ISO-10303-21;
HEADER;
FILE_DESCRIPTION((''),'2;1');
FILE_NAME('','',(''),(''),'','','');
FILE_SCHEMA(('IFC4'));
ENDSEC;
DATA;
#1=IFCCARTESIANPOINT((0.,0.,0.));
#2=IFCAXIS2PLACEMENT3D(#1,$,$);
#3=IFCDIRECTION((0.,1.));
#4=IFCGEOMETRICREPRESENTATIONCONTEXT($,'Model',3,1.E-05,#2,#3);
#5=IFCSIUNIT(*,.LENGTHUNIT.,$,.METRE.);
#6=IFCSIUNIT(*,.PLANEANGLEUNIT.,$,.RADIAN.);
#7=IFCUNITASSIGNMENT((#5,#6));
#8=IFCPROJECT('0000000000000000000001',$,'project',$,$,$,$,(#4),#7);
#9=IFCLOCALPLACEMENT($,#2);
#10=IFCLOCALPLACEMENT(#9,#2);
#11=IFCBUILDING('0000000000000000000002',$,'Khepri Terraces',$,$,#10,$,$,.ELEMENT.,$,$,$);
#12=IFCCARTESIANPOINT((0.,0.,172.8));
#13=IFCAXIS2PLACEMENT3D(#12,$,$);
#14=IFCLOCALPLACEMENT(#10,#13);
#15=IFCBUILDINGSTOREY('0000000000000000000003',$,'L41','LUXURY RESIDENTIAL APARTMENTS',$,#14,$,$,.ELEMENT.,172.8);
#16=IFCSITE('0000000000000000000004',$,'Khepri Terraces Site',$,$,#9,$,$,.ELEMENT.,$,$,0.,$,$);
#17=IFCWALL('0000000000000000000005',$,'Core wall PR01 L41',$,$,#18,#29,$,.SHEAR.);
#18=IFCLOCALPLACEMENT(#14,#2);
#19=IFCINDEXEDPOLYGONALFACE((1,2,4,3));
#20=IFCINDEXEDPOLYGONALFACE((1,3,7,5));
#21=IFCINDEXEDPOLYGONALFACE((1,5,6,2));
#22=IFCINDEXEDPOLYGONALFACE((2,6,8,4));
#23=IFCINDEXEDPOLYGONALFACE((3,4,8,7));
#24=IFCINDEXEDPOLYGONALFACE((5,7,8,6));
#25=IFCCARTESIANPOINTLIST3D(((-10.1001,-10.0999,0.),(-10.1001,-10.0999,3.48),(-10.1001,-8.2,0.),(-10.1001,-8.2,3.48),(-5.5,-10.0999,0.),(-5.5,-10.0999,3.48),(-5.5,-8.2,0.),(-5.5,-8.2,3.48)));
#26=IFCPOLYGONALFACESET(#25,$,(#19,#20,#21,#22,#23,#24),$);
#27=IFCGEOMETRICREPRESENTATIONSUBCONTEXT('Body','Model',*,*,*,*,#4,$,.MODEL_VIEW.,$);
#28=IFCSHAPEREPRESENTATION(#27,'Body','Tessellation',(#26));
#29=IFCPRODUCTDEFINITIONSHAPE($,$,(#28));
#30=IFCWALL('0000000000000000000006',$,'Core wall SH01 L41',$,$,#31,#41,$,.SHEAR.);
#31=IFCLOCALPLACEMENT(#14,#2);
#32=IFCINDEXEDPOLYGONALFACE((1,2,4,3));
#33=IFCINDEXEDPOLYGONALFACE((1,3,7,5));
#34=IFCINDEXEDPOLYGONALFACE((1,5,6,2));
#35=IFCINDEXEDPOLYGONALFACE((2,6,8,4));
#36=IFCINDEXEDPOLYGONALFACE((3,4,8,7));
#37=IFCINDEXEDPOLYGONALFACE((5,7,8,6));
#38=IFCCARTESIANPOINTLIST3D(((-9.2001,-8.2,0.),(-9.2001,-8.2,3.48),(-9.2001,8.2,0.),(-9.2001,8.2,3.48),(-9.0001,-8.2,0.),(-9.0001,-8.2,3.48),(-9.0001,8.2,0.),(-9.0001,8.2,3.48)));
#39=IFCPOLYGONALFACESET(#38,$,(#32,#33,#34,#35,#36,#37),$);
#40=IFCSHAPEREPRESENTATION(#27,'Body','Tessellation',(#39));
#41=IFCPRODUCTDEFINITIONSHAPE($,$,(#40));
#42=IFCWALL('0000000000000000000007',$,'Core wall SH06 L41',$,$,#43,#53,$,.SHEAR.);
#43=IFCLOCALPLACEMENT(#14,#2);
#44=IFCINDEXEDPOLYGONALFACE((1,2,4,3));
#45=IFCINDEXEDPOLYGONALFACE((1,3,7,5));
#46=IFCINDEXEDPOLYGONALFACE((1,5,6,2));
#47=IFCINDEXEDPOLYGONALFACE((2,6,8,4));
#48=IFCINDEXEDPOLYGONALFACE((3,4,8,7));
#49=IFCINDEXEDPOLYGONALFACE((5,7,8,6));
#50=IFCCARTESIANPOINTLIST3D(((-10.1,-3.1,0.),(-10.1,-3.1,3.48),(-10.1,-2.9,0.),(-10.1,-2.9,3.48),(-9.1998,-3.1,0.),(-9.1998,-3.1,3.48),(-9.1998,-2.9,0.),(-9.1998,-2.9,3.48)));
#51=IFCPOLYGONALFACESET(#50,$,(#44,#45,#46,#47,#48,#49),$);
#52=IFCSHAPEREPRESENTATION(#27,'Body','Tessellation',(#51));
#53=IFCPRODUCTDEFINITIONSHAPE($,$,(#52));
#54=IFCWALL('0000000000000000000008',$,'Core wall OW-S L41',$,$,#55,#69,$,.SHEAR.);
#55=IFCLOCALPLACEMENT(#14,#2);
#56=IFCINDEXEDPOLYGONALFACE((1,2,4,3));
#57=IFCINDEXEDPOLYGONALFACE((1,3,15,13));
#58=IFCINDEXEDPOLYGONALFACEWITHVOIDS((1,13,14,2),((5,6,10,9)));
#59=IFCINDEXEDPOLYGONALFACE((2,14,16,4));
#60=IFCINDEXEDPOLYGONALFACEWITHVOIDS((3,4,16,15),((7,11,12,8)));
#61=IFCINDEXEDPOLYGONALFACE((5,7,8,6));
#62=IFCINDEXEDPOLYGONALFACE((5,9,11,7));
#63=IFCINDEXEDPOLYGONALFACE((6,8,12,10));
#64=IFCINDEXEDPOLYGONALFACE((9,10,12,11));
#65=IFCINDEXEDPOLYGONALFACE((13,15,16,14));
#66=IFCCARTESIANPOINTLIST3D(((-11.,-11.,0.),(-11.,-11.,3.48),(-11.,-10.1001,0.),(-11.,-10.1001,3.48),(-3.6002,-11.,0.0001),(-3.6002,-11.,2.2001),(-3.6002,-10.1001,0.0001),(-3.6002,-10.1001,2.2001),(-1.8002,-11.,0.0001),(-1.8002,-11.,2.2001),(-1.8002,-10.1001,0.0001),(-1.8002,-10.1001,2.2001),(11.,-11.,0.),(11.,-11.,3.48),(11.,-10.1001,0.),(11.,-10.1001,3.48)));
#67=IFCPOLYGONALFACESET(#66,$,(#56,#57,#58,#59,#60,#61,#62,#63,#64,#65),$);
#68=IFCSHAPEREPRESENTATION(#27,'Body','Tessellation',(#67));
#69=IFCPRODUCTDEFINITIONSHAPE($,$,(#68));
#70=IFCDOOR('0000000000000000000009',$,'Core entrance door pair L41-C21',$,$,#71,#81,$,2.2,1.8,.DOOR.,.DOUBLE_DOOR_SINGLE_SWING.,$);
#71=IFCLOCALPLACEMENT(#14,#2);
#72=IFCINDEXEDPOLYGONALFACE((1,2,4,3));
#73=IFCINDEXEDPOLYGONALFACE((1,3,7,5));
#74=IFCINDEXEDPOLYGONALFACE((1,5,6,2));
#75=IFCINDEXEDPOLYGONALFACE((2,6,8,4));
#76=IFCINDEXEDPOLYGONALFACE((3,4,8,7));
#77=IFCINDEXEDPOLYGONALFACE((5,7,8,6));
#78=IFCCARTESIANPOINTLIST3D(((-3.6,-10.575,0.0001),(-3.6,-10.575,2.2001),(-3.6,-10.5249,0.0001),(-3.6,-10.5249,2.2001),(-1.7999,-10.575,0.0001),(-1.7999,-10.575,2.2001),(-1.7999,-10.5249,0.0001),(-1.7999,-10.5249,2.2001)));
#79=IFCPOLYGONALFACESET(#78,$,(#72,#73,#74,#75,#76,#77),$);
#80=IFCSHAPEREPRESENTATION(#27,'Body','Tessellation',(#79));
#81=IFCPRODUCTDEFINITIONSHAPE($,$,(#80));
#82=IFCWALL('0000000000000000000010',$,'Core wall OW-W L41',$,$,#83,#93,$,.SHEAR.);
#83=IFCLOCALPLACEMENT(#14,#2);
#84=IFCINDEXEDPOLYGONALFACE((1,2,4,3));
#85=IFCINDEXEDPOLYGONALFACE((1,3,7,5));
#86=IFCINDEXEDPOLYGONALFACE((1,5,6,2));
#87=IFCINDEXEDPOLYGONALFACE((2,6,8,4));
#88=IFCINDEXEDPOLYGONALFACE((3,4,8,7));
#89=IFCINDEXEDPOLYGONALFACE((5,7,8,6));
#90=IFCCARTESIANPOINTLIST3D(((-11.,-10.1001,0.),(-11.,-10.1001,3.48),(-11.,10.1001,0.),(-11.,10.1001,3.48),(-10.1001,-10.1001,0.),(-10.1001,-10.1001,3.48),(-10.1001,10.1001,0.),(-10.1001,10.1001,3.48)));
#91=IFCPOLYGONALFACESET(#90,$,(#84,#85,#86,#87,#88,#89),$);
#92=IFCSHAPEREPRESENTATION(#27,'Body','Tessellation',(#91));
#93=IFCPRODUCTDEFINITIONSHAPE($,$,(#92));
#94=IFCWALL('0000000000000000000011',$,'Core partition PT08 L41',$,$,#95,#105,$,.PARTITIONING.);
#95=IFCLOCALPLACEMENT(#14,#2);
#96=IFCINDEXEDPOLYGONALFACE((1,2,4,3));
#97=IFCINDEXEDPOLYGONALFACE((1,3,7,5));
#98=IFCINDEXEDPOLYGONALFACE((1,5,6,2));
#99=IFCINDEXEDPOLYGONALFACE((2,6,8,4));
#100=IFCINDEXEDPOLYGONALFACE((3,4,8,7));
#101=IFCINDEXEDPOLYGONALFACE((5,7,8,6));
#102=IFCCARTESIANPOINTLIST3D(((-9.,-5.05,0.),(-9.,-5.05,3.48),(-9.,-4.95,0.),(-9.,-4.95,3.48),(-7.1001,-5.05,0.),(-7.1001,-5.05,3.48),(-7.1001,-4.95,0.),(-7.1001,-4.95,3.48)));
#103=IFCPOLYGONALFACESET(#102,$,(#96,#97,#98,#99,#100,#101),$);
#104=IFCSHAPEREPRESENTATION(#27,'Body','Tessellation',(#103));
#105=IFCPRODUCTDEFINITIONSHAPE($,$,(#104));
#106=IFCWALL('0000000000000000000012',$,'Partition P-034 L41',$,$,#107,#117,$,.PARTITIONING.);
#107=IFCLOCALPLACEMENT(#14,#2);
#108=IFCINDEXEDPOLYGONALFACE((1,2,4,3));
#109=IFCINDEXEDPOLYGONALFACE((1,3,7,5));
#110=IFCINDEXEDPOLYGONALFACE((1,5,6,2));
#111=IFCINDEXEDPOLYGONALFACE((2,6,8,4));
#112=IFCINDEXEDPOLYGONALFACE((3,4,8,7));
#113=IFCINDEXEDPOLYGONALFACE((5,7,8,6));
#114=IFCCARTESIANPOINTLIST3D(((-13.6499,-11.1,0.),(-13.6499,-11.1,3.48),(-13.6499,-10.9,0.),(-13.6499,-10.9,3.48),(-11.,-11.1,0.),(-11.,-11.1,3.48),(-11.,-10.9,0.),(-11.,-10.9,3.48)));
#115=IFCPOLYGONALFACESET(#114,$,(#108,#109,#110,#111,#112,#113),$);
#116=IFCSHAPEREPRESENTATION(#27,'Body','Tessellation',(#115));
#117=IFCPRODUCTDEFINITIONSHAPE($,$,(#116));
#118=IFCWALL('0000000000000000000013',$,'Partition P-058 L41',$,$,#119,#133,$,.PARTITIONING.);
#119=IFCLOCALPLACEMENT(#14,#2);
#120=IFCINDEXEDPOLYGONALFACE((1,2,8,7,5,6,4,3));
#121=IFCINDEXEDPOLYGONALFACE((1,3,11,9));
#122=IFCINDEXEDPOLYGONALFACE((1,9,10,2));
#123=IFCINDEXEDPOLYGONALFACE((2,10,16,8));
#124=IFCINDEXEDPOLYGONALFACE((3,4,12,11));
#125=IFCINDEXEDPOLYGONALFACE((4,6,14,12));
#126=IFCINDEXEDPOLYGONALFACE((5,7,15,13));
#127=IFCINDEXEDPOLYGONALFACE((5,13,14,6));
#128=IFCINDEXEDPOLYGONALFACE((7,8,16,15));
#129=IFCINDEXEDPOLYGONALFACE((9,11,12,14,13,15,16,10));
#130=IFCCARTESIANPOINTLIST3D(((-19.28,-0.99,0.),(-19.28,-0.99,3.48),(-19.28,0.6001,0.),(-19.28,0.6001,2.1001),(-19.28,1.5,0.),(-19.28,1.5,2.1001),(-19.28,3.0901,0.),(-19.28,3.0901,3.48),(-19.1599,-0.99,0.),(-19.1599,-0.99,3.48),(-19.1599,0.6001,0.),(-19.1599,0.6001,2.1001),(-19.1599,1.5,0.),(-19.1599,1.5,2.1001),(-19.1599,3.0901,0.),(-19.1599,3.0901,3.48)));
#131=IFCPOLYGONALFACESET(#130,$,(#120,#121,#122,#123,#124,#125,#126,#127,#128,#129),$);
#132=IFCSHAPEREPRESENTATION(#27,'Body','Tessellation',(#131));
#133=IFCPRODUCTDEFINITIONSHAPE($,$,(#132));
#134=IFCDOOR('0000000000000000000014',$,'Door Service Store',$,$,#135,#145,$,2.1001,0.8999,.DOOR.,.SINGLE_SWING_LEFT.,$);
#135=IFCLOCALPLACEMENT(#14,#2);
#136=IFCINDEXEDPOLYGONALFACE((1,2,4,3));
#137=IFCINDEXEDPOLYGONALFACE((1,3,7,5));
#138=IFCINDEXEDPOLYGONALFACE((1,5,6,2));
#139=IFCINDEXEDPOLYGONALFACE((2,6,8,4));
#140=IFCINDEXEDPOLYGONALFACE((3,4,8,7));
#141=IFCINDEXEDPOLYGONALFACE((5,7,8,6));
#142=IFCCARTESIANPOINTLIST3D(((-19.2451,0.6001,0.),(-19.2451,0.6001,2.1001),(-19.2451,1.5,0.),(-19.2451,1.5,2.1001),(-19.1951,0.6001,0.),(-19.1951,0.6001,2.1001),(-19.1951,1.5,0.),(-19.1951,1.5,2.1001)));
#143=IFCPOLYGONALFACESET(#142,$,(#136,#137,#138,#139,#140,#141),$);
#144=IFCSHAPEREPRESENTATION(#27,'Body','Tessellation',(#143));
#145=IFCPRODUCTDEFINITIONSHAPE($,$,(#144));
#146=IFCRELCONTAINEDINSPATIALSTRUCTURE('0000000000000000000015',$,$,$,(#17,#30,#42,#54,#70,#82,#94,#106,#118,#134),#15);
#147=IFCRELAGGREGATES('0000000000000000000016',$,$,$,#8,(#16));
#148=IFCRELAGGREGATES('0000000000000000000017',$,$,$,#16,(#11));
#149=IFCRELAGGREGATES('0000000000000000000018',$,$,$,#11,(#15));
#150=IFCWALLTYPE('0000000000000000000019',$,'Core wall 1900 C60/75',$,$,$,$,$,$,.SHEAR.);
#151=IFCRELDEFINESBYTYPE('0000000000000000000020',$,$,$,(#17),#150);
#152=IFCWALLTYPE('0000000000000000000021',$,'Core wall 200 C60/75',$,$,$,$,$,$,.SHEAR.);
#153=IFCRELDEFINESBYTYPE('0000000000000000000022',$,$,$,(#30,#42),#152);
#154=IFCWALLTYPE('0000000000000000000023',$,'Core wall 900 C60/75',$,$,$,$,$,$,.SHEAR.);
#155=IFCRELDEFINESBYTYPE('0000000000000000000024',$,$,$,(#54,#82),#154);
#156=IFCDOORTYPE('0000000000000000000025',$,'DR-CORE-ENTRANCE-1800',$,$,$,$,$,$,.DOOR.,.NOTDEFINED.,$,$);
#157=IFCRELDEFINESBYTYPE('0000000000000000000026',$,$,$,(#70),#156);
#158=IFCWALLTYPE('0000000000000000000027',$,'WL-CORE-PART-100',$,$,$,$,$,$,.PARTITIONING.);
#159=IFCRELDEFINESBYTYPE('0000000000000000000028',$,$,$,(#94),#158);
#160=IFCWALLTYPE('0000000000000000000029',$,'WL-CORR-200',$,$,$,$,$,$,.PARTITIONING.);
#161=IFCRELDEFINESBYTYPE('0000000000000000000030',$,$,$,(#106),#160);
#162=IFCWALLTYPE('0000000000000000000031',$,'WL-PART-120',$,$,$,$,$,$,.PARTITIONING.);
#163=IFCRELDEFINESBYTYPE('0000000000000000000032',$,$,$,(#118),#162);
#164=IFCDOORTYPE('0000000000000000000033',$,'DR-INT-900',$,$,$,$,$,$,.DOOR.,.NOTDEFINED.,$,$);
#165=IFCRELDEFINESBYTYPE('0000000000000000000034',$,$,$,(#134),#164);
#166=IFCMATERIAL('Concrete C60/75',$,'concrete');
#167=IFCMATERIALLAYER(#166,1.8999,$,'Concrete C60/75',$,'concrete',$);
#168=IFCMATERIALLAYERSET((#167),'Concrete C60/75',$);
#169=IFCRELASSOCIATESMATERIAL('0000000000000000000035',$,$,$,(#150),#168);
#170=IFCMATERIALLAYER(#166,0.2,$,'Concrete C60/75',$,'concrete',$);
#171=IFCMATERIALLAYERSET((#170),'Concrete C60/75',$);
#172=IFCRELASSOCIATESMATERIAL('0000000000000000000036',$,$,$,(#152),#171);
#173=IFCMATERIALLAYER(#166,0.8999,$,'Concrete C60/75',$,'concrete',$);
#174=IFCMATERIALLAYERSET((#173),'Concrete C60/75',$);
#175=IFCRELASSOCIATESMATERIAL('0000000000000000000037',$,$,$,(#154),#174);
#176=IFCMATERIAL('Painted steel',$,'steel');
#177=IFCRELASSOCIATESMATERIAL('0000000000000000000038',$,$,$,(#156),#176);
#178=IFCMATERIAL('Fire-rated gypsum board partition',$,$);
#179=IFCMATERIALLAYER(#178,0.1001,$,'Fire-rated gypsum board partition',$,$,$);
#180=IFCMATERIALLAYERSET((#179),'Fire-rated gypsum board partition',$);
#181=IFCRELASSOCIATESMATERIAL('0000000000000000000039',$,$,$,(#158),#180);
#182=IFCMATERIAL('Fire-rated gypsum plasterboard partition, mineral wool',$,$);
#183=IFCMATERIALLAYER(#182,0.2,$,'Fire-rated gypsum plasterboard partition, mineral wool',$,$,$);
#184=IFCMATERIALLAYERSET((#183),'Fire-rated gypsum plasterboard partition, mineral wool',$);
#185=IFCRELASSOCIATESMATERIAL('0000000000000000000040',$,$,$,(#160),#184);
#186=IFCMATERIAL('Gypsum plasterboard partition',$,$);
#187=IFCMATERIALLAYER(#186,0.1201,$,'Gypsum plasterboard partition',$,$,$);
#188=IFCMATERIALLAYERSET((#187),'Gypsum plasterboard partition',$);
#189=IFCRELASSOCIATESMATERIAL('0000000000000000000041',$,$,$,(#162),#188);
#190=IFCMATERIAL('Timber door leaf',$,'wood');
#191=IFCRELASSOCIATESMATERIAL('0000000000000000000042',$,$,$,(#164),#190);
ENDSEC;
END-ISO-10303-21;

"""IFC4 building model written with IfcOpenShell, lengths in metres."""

from ifc_helpers import new_model, si_unit, direction, frame, frame_2d, origin, place, context, subcontext, project, spatial, rectangle, extrude, material, layer, layer_set, type_object, element, fill, save


model = new_model("IFC4")

# Units and contexts
model_context = context("Model", 3, precision=1e-05, world=origin(), true_north=direction((0.0, 1.0)))
body_context = subcontext(model_context, "Body", "Model", "MODEL_VIEW")
ifc_project = project(units=[si_unit("LENGTHUNIT", "METRE"), si_unit("PLANEANGLEUNIT", "RADIAN")], contexts=[model_context])

# Site, building, storey
site_placement = place(None, origin())
site = spatial("IfcSite", under=ifc_project, at=site_placement, Name="Khepri Terraces Site", CompositionType="ELEMENT", RefElevation=0.0)
building_placement = place(site_placement, origin())
building = spatial("IfcBuilding", under=site, at=building_placement, Name="Khepri Terraces", CompositionType="ELEMENT")
storey_placement = place(building_placement, frame((0.0, 0.0, 172.8)))
storey = spatial("IfcBuildingStorey", under=building, at=storey_placement, Name="L41", Description="LUXURY RESIDENTIAL APARTMENTS", CompositionType="ELEMENT", Elevation=172.8)

# Walls
ifc_material_1 = material(Name="Concrete C60/75", Category="concrete")
ifc_layer_1 = layer(ifc_material_1, 1.8999, Name="Concrete C60/75", Category="concrete")
ifc_layer_set_1 = layer_set([ifc_layer_1], Name="Concrete C60/75")
wall_type_1 = type_object("IfcWallType", Name="Core wall 1900 C60/75", PredefinedType="SHEAR", material=ifc_layer_set_1)
wall_1_placement = place(storey_placement, frame((-10.1001, -9.1499, 0.0), z_axis=(0.0, 0.0, 1.0), x_axis=(1.0, 0.0, 0.0)))
element("IfcWall", 1, at=wall_1_placement, inside=storey, type_object=wall_type_1, Name="Core wall PR01 L41", PredefinedType="SHEAR", context=body_context, shape_type="SweptSolid", body=[
    extrude(rectangle(XDim=4.6001, YDim=1.8999, at=frame_2d((2.3, 0.0))), origin(), (0.0, 0.0, 1.0), 3.48),
])
ifc_layer_2 = layer(ifc_material_1, 0.2, Name="Concrete C60/75", Category="concrete")
ifc_layer_set_2 = layer_set([ifc_layer_2], Name="Concrete C60/75")
wall_type_2 = type_object("IfcWallType", Name="Core wall 200 C60/75", PredefinedType="SHEAR", material=ifc_layer_set_2)
wall_2_placement = place(storey_placement, frame((-9.1001, -8.2, 0.0), z_axis=(0.0, 0.0, 1.0), x_axis=(0.0, 1.0, 0.0)))
element("IfcWall", 2, at=wall_2_placement, inside=storey, type_object=wall_type_2, Name="Core wall SH01 L41", PredefinedType="SHEAR", context=body_context, shape_type="SweptSolid", body=[
    extrude(rectangle(XDim=16.3999, YDim=0.2, at=frame_2d((8.2, 0.0))), origin(), (0.0, 0.0, 1.0), 3.48),
])
wall_3_placement = place(storey_placement, frame((-10.1001, -3.0, 0.0), z_axis=(0.0, 0.0, 1.0), x_axis=(1.0, 0.0, 0.0)))
element("IfcWall", 3, at=wall_3_placement, inside=storey, type_object=wall_type_2, Name="Core wall SH06 L41", PredefinedType="SHEAR", context=body_context, shape_type="SweptSolid", body=[
    extrude(rectangle(XDim=0.9001, YDim=0.2, at=frame_2d((0.4502, 0.0))), origin(), (0.0, 0.0, 1.0), 3.48),
])

# Wall, opening, door
ifc_layer_3 = layer(ifc_material_1, 0.8999, Name="Concrete C60/75", Category="concrete")
ifc_layer_set_3 = layer_set([ifc_layer_3], Name="Concrete C60/75")
wall_type_3 = type_object("IfcWallType", Name="Core wall 900 C60/75", PredefinedType="SHEAR", material=ifc_layer_set_3)
wall_4_placement = place(storey_placement, frame((-11.0, -10.55, 0.0), z_axis=(0.0, 0.0, 1.0), x_axis=(1.0, 0.0, 0.0)))
wall_4 = element("IfcWall", 4, at=wall_4_placement, inside=storey, type_object=wall_type_3, Name="Core wall OW-S L41", PredefinedType="SHEAR", context=body_context, shape_type="SweptSolid", body=[
    extrude(rectangle(XDim=22.0, YDim=0.8999, at=frame_2d((11.0, 0.0))), origin(), (0.0, 0.0, 1.0), 3.48),
])
opening_1_placement = place(wall_4_placement, frame((7.3999, 0.0, 0.0)))
opening_1 = element("IfcOpeningElement", 5, at=opening_1_placement, cuts=wall_4, PredefinedType="OPENING", context=body_context, shape_type="SweptSolid", body=[
    extrude(rectangle(XDim=1.8, YDim=2.2, at=frame_2d((0.8999, 1.1001))), frame((0.0, 0.46, 0.0), z_axis=(0.0, -1.0, 0.0), x_axis=(1.0, 0.0, 0.0)), (0.0, 0.0, 1.0), 0.9199),
])
ifc_material_2 = material(Name="Painted steel", Category="steel")
door_type_1 = type_object("IfcDoorType", Name="DR-CORE-ENTRANCE-1800", OperationType="NOTDEFINED", PredefinedType="DOOR", material=ifc_material_2)
door_1_placement = place(opening_1_placement, frame((1.8, 0.0, 0.0), z_axis=(0.0, 0.0, 1.0), x_axis=(-1.0, 0.0, 0.0)))
door_1 = element("IfcDoor", 6, at=door_1_placement, inside=storey, type_object=door_type_1, Name="Core entrance door pair L41-C21", OperationType="DOUBLE_DOOR_SINGLE_SWING", OverallHeight=2.2, OverallWidth=1.8, PredefinedType="DOOR", context=body_context, shape_type="SweptSolid", body=[
    extrude(rectangle(XDim=1.8, YDim=2.2, at=frame_2d((0.8999, 1.1001))), frame((0.0, 0.0249, 0.0), z_axis=(0.0, -1.0, 0.0), x_axis=(1.0, 0.0, 0.0)), (0.0, 0.0, 1.0), 0.05),
])
fill(opening_1, door_1)

# Walls
wall_5_placement = place(storey_placement, frame((-10.55, -10.1001, 0.0), z_axis=(0.0, 0.0, 1.0), x_axis=(0.0, 1.0, 0.0)))
element("IfcWall", 7, at=wall_5_placement, inside=storey, type_object=wall_type_3, Name="Core wall OW-W L41", PredefinedType="SHEAR", context=body_context, shape_type="SweptSolid", body=[
    extrude(rectangle(XDim=20.2002, YDim=0.8999, at=frame_2d((10.1001, 0.0))), origin(), (0.0, 0.0, 1.0), 3.48),
])
ifc_material_3 = material(Name="Fire-rated gypsum board partition")
ifc_layer_4 = layer(ifc_material_3, 0.1001, Name="Fire-rated gypsum board partition")
ifc_layer_set_4 = layer_set([ifc_layer_4], Name="Fire-rated gypsum board partition")
wall_type_4 = type_object("IfcWallType", Name="WL-CORE-PART-100", PredefinedType="PARTITIONING", material=ifc_layer_set_4)
wall_6_placement = place(storey_placement, frame((-9.0, -5.0, 0.0), z_axis=(0.0, 0.0, 1.0), x_axis=(1.0, 0.0, 0.0)))
element("IfcWall", 8, at=wall_6_placement, inside=storey, type_object=wall_type_4, Name="Core partition PT08 L41", PredefinedType="PARTITIONING", context=body_context, shape_type="SweptSolid", body=[
    extrude(rectangle(XDim=1.8999, YDim=0.1001, at=frame_2d((0.95, 0.0))), origin(), (0.0, 0.0, 1.0), 3.48),
])
ifc_material_4 = material(Name="Fire-rated gypsum plasterboard partition, mineral wool")
ifc_layer_5 = layer(ifc_material_4, 0.2, Name="Fire-rated gypsum plasterboard partition, mineral wool")
ifc_layer_set_5 = layer_set([ifc_layer_5], Name="Fire-rated gypsum plasterboard partition, mineral wool")
wall_type_5 = type_object("IfcWallType", Name="WL-CORR-200", PredefinedType="PARTITIONING", material=ifc_layer_set_5)
wall_7_placement = place(storey_placement, frame((-13.6499, -11.0, 0.0), z_axis=(0.0, 0.0, 1.0), x_axis=(1.0, 0.0, 0.0)))
element("IfcWall", 9, at=wall_7_placement, inside=storey, type_object=wall_type_5, Name="Partition P-034 L41", PredefinedType="PARTITIONING", context=body_context, shape_type="SweptSolid", body=[
    extrude(rectangle(XDim=2.6499, YDim=0.2, at=frame_2d((1.325, 0.0))), origin(), (0.0, 0.0, 1.0), 3.48),
])

# Wall, opening, door
ifc_material_5 = material(Name="Gypsum plasterboard partition")
ifc_layer_6 = layer(ifc_material_5, 0.1201, Name="Gypsum plasterboard partition")
ifc_layer_set_6 = layer_set([ifc_layer_6], Name="Gypsum plasterboard partition")
wall_type_6 = type_object("IfcWallType", Name="WL-PART-120", PredefinedType="PARTITIONING", material=ifc_layer_set_6)
wall_8_placement = place(storey_placement, frame((-19.22, -0.99, 0.0), z_axis=(0.0, 0.0, 1.0), x_axis=(0.0, 1.0, 0.0)))
wall_8 = element("IfcWall", 10, at=wall_8_placement, inside=storey, type_object=wall_type_6, Name="Partition P-058 L41", PredefinedType="PARTITIONING", context=body_context, shape_type="SweptSolid", body=[
    extrude(rectangle(XDim=4.0801, YDim=0.1201, at=frame_2d((2.04, 0.0))), origin(), (0.0, 0.0, 1.0), 3.48),
])
opening_2_placement = place(wall_8_placement, frame((1.5901, 0.0, 0.0)))
opening_2 = element("IfcOpeningElement", 11, at=opening_2_placement, cuts=wall_8, PredefinedType="OPENING", context=body_context, shape_type="SweptSolid", body=[
    extrude(rectangle(XDim=0.8999, YDim=2.1001, at=frame_2d((0.45, 1.05))), frame((0.0, 0.0701, 0.0), z_axis=(0.0, -1.0, 0.0), x_axis=(1.0, 0.0, 0.0)), (0.0, 0.0, 1.0), 0.1401),
])
ifc_material_6 = material(Name="Timber door leaf", Category="wood")
door_type_2 = type_object("IfcDoorType", Name="DR-INT-900", OperationType="NOTDEFINED", PredefinedType="DOOR", material=ifc_material_6)
door_2_placement = place(opening_2_placement, frame((0.8999, 0.0, 0.0), z_axis=(0.0, 0.0, 1.0), x_axis=(-1.0, 0.0, 0.0)))
door_2 = element("IfcDoor", 12, at=door_2_placement, inside=storey, type_object=door_type_2, Name="Door Service Store", OperationType="SINGLE_SWING_LEFT", OverallHeight=2.1001, OverallWidth=0.8999, PredefinedType="DOOR", context=body_context, shape_type="SweptSolid", body=[
    extrude(rectangle(XDim=0.8999, YDim=2.1001, at=frame_2d((0.45, 1.05))), frame((0.0, 0.0249, 0.0), z_axis=(0.0, -1.0, 0.0), x_axis=(1.0, 0.0, 0.0)), (0.0, 0.0, 1.0), 0.05),
])
fill(opening_2, door_2)

save(model, "model.ifc")
